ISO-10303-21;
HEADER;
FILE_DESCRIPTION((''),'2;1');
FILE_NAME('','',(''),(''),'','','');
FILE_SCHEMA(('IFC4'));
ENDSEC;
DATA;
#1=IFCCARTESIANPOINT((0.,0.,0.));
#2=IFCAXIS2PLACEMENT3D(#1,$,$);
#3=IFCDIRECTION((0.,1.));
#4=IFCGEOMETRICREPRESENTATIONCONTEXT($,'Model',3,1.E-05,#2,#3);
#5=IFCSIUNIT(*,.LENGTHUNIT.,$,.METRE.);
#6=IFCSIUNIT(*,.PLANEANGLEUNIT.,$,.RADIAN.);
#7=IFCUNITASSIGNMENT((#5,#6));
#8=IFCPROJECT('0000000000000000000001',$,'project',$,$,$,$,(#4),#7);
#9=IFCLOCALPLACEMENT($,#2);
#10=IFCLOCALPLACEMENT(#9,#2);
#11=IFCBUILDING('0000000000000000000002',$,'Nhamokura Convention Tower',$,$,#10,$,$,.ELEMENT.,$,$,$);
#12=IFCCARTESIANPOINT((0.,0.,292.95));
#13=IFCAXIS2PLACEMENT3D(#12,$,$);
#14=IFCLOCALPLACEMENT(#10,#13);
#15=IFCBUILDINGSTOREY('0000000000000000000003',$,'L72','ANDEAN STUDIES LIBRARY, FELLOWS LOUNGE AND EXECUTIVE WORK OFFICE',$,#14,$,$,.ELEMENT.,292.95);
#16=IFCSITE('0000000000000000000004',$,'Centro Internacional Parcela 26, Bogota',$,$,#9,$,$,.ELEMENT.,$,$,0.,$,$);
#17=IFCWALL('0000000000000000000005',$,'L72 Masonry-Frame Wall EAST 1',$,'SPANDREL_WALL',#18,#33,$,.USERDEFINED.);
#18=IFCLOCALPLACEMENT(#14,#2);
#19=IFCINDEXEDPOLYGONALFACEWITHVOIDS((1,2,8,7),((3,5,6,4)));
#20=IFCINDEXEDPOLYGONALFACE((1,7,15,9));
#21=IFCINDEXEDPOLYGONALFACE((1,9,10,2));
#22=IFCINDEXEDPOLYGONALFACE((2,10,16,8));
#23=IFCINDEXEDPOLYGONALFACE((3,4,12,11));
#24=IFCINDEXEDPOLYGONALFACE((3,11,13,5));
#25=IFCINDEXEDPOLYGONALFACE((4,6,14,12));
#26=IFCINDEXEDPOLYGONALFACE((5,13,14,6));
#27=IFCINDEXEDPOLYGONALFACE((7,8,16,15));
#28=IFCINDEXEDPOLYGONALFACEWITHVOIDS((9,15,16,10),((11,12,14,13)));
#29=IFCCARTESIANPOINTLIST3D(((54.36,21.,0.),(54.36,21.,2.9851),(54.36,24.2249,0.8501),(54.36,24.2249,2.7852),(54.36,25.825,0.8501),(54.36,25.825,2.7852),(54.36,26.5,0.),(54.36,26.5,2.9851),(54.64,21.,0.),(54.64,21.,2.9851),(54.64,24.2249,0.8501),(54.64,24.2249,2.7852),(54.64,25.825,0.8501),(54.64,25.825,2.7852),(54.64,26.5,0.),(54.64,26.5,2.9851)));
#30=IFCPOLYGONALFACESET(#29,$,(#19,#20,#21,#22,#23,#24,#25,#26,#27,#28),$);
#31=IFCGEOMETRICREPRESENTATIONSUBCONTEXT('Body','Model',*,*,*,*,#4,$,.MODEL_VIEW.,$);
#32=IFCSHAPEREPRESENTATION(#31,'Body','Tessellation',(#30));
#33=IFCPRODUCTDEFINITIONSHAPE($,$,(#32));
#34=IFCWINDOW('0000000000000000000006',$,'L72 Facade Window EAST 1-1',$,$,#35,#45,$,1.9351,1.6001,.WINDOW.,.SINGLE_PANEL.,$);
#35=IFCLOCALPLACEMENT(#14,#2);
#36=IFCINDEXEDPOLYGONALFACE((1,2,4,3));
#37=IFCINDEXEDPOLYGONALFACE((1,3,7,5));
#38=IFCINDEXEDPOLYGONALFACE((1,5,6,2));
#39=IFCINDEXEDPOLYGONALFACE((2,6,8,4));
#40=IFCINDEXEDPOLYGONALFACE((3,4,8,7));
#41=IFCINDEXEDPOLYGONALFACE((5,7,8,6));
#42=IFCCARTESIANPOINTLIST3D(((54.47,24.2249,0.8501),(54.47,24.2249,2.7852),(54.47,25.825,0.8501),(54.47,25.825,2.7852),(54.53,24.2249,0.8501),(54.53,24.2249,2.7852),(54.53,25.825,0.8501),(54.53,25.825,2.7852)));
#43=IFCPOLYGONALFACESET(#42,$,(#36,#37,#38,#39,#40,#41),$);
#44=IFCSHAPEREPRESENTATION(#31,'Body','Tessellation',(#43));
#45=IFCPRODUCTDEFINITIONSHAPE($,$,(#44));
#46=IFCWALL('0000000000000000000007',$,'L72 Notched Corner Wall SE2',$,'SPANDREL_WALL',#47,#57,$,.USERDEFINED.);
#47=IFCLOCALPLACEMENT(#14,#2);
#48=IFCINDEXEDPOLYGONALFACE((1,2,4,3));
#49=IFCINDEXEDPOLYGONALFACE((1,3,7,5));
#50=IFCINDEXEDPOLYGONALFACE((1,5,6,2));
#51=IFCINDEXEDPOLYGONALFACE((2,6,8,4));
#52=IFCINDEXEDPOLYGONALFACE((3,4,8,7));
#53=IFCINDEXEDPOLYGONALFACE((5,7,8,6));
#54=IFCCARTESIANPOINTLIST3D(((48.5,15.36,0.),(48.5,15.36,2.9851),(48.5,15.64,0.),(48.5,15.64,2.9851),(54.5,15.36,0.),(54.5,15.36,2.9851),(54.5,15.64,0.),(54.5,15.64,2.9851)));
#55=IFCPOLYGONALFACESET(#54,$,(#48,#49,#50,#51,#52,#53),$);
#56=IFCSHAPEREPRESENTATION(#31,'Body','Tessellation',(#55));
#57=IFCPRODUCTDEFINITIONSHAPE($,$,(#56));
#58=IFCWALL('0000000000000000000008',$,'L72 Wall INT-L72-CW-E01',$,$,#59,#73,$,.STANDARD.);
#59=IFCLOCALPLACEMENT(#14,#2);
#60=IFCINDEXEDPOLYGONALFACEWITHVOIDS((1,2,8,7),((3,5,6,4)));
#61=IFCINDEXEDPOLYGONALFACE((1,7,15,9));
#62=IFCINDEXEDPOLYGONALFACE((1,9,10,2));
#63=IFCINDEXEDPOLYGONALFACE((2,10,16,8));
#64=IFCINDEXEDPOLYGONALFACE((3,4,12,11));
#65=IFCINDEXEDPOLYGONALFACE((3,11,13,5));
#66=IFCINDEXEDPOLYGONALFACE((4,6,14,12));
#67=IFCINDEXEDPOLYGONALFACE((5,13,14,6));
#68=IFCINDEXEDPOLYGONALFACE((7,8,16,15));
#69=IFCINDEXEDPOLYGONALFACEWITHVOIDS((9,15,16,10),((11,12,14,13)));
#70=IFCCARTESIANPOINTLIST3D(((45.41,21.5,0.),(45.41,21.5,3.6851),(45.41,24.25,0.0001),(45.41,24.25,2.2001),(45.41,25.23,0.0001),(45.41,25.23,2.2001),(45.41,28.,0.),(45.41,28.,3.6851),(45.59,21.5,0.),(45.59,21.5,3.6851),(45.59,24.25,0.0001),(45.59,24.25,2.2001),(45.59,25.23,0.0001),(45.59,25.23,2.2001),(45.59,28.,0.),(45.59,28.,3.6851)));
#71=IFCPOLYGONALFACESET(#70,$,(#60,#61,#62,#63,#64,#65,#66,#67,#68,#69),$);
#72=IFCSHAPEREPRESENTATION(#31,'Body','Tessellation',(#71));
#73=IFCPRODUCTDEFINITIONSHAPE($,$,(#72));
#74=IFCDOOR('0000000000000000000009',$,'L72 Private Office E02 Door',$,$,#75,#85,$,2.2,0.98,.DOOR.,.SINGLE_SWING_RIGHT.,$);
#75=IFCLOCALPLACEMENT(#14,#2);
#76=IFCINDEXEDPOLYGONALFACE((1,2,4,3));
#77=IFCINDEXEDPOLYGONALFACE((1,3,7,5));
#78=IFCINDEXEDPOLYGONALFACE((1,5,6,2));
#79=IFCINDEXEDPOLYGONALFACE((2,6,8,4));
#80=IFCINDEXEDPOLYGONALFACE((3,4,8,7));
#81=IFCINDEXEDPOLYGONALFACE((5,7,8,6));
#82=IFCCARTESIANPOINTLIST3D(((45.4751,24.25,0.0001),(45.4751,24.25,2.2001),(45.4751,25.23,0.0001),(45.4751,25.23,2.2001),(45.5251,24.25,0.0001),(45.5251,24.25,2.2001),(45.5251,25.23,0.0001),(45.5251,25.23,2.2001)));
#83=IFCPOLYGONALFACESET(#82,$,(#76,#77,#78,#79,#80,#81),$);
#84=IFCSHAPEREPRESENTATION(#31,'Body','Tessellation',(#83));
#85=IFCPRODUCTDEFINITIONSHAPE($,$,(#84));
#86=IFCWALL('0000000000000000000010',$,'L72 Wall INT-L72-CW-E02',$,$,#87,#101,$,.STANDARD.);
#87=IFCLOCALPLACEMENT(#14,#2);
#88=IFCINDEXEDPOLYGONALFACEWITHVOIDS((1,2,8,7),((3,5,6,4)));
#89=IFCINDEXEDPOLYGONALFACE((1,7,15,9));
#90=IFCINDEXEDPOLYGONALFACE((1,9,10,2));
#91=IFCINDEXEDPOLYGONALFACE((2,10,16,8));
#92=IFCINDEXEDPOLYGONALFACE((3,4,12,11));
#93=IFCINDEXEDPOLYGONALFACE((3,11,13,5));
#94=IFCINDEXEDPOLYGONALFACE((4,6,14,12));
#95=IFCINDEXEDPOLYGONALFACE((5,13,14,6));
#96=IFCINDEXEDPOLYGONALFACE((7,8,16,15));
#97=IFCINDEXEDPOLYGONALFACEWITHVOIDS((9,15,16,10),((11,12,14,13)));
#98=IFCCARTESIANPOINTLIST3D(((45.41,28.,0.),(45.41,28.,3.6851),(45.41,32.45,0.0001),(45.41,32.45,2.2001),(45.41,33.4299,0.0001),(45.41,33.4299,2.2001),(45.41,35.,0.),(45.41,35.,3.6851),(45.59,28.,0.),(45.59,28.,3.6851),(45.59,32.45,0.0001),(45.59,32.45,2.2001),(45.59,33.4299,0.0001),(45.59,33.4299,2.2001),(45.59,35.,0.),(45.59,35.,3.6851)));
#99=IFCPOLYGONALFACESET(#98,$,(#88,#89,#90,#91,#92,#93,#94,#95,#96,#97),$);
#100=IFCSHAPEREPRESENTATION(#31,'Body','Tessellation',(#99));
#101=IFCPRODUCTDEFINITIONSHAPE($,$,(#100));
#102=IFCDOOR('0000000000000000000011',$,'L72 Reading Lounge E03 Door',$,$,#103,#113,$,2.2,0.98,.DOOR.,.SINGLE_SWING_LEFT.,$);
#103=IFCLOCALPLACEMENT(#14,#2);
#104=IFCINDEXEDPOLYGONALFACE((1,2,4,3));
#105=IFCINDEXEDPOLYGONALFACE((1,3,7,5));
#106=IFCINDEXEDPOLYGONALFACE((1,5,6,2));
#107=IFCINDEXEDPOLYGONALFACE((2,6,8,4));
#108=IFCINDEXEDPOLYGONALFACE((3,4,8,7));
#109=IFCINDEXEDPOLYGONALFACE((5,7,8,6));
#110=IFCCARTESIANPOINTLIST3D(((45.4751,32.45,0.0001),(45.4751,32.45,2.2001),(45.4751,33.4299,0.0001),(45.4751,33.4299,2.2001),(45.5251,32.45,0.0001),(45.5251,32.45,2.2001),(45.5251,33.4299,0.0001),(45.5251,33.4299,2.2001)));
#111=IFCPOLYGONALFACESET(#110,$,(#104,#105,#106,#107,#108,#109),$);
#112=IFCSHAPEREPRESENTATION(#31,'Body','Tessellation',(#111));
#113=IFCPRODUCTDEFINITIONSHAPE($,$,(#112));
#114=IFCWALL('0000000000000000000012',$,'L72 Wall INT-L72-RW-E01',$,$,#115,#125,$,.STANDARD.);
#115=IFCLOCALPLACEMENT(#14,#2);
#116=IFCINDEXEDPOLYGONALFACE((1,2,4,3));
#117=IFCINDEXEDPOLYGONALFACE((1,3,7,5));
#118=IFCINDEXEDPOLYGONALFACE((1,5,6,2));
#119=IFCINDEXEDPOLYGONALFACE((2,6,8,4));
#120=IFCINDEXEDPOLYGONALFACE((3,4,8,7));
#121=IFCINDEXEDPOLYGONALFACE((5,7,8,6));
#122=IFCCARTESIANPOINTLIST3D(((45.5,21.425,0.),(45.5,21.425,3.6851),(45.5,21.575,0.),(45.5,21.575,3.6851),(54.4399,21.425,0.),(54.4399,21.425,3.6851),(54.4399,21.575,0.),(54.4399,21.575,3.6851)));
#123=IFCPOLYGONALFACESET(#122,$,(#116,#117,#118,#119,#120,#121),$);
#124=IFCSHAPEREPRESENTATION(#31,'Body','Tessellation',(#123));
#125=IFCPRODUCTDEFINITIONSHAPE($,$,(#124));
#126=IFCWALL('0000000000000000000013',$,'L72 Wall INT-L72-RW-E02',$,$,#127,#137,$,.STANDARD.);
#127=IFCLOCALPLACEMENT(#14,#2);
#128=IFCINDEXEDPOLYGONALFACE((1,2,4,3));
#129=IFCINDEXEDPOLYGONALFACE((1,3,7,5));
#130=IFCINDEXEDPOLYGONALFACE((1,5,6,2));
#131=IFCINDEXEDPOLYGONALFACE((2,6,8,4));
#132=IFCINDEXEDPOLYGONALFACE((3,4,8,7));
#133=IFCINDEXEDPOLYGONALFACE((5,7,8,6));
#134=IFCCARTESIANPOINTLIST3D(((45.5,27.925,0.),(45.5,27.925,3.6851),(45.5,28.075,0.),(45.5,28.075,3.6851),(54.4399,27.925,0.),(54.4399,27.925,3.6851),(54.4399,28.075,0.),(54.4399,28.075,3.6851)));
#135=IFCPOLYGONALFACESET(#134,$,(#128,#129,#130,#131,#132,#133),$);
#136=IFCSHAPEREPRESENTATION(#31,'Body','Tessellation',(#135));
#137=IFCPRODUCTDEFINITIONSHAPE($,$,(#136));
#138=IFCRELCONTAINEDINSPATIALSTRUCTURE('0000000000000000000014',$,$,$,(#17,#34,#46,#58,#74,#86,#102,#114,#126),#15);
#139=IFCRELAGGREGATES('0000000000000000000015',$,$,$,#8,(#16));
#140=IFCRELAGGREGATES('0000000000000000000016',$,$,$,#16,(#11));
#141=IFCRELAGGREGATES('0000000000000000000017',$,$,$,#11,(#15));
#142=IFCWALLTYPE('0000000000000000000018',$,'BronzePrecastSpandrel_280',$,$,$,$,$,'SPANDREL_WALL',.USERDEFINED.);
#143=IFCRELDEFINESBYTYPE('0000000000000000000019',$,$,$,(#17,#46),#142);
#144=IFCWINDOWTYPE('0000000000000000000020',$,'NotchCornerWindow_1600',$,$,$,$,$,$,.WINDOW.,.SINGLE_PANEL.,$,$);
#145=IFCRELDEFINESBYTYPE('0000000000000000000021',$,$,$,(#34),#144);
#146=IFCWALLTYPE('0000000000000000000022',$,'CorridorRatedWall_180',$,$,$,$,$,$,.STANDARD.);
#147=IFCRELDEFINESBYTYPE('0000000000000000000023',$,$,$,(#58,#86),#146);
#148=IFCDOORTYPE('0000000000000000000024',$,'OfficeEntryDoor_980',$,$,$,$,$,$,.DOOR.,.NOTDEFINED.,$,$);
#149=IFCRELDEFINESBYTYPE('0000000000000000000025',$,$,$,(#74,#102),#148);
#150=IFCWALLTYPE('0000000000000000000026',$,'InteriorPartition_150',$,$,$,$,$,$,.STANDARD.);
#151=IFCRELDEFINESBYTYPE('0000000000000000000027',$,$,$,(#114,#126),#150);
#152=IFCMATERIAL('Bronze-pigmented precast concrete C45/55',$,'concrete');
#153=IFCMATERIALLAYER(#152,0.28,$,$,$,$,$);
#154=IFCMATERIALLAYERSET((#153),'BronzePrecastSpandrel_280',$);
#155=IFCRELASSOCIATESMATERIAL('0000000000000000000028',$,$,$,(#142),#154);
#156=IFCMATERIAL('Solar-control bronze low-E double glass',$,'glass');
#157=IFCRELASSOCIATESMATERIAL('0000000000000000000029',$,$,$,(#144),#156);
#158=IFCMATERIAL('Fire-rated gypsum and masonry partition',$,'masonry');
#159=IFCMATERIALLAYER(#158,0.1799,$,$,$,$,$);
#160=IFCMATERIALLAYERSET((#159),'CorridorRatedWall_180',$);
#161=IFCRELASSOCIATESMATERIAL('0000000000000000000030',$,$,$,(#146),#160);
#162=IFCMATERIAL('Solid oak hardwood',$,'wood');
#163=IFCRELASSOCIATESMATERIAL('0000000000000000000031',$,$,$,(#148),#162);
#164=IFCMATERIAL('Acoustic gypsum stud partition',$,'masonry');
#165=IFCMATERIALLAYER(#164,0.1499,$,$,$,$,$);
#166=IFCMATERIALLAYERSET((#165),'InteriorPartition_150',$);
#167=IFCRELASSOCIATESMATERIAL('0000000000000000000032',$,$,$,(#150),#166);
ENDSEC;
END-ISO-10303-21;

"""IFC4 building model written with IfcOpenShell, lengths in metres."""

from ifc_helpers import new_model, si_unit, direction, frame, frame_2d, origin, place, context, subcontext, project, spatial, rectangle, extrude, material, layer, layer_set, type_object, element, fill, save


model = new_model("IFC4")

# Units and contexts
model_context = context("Model", 3, precision=1e-05, world=origin(), true_north=direction((0.0, 1.0)))
body_context = subcontext(model_context, "Body", "Model", "MODEL_VIEW")
ifc_project = project(units=[si_unit("LENGTHUNIT", "METRE"), si_unit("PLANEANGLEUNIT", "RADIAN")], contexts=[model_context])

# Site, building, storey
site_placement = place(None, origin())
site = spatial("IfcSite", under=ifc_project, at=site_placement, Name="Centro Internacional Parcela 26, Bogota", CompositionType="ELEMENT", RefElevation=0.0)
building_placement = place(site_placement, origin())
building = spatial("IfcBuilding", under=site, at=building_placement, Name="Nhamokura Convention Tower", CompositionType="ELEMENT")
storey_placement = place(building_placement, frame((0.0, 0.0, 292.95)))
storey = spatial("IfcBuildingStorey", under=building, at=storey_placement, Name="L72", Description="ANDEAN STUDIES LIBRARY, FELLOWS LOUNGE AND EXECUTIVE WORK OFFICE", CompositionType="ELEMENT", Elevation=292.95)

# Shared definitions
ifc_material_1 = material(Name="Bronze-pigmented precast concrete C45/55", Category="concrete")
ifc_layer_1 = layer(ifc_material_1, 0.28)
ifc_layer_set_1 = layer_set([ifc_layer_1], Name="BronzePrecastSpandrel_280")
wall_type_1 = type_object("IfcWallType", Name="BronzePrecastSpandrel_280", ElementType="SPANDREL_WALL", PredefinedType="USERDEFINED", material=ifc_layer_set_1)

# Wall, opening, window
wall_1_placement = place(storey_placement, frame((54.5, 26.5, 0.0), z_axis=(0.0, 0.0, 1.0), x_axis=(0.0, -1.0, 0.0)))
wall_1 = element("IfcWall", 1, at=wall_1_placement, inside=storey, type_object=wall_type_1, Name="L72 Masonry-Frame Wall EAST 1", ObjectType="SPANDREL_WALL", PredefinedType="USERDEFINED", context=body_context, shape_type="SweptSolid", body=[
    extrude(rectangle(XDim=5.5, YDim=0.28, at=frame_2d((2.75, 0.0))), origin(), (0.0, 0.0, 1.0), 2.9851),
])
opening_1_placement = place(wall_1_placement, frame((0.675, 0.0, 0.8501)))
opening_1 = element("IfcOpeningElement", 2, at=opening_1_placement, cuts=wall_1, PredefinedType="OPENING", context=body_context, shape_type="SweptSolid", body=[
    extrude(rectangle(XDim=1.6001, YDim=1.9351, at=frame_2d((0.8, 0.9675))), frame((0.0, 0.1499, 0.0), z_axis=(0.0, -1.0, 0.0), x_axis=(1.0, 0.0, 0.0)), (0.0, 0.0, 1.0), 0.3),
])
ifc_material_2 = material(Name="Solar-control bronze low-E double glass", Category="glass")
window_type = type_object("IfcWindowType", Name="NotchCornerWindow_1600", PartitioningType="SINGLE_PANEL", PredefinedType="WINDOW", material=ifc_material_2)
window_placement = place(opening_1_placement, origin())
window = element("IfcWindow", 3, at=window_placement, inside=storey, type_object=window_type, Name="L72 Facade Window EAST 1-1", OverallHeight=1.9351, OverallWidth=1.6001, PartitioningType="SINGLE_PANEL", PredefinedType="WINDOW", context=body_context, shape_type="SweptSolid", body=[
    extrude(rectangle(XDim=1.6001, YDim=1.9351, at=frame_2d((0.8, 0.9675))), frame((0.0, 0.03, 0.0), z_axis=(0.0, -1.0, 0.0), x_axis=(1.0, 0.0, 0.0)), (0.0, 0.0, 1.0), 0.0601),
])
fill(opening_1, window)

# Wall
wall_2_placement = place(storey_placement, frame((54.5, 15.5, 0.0), z_axis=(0.0, 0.0, 1.0), x_axis=(-1.0, 0.0, 0.0)))
element("IfcWall", 4, at=wall_2_placement, inside=storey, type_object=wall_type_1, Name="L72 Notched Corner Wall SE2", ObjectType="SPANDREL_WALL", PredefinedType="USERDEFINED", context=body_context, shape_type="SweptSolid", body=[
    extrude(rectangle(XDim=6.0, YDim=0.28, at=frame_2d((3.0, 0.0))), origin(), (0.0, 0.0, 1.0), 2.9851),
])

# Walls, openings, doors
ifc_material_3 = material(Name="Fire-rated gypsum and masonry partition", Category="masonry")
ifc_layer_2 = layer(ifc_material_3, 0.1799)
ifc_layer_set_2 = layer_set([ifc_layer_2], Name="CorridorRatedWall_180")
wall_type_2 = type_object("IfcWallType", Name="CorridorRatedWall_180", PredefinedType="STANDARD", material=ifc_layer_set_2)
wall_3_placement = place(storey_placement, frame((45.5, 21.5, 0.0), z_axis=(0.0, 0.0, 1.0), x_axis=(0.0, 1.0, 0.0)))
wall_3 = element("IfcWall", 5, at=wall_3_placement, inside=storey, type_object=wall_type_2, Name="L72 Wall INT-L72-CW-E01", PredefinedType="STANDARD", context=body_context, shape_type="SweptSolid", body=[
    extrude(rectangle(XDim=6.5, YDim=0.1799, at=frame_2d((3.25, 0.0))), origin(), (0.0, 0.0, 1.0), 3.6851),
])
opening_2_placement = place(wall_3_placement, frame((2.75, 0.0, 0.0)))
opening_2 = element("IfcOpeningElement", 6, at=opening_2_placement, cuts=wall_3, PredefinedType="OPENING", context=body_context, shape_type="SweptSolid", body=[
    extrude(rectangle(XDim=0.98, YDim=2.2, at=frame_2d((0.49, 1.1001))), frame((0.0, 0.0999, 0.0), z_axis=(0.0, -1.0, 0.0), x_axis=(1.0, 0.0, 0.0)), (0.0, 0.0, 1.0), 0.2),
])
ifc_material_4 = material(Name="Solid oak hardwood", Category="wood")
door_type = type_object("IfcDoorType", Name="OfficeEntryDoor_980", OperationType="NOTDEFINED", PredefinedType="DOOR", material=ifc_material_4)
door_1_placement = place(opening_2_placement, origin())
door_1 = element("IfcDoor", 7, at=door_1_placement, inside=storey, type_object=door_type, Name="L72 Private Office E02 Door", OperationType="SINGLE_SWING_RIGHT", OverallHeight=2.2, OverallWidth=0.98, PredefinedType="DOOR", context=body_context, shape_type="SweptSolid", body=[
    extrude(rectangle(XDim=0.98, YDim=2.2, at=frame_2d((0.49, 1.1001))), frame((0.0, 0.0249, 0.0), z_axis=(0.0, -1.0, 0.0), x_axis=(1.0, 0.0, 0.0)), (0.0, 0.0, 1.0), 0.05),
])
fill(opening_2, door_1)
wall_4_placement = place(storey_placement, frame((45.5, 28.0, 0.0), z_axis=(0.0, 0.0, 1.0), x_axis=(0.0, 1.0, 0.0)))
wall_4 = element("IfcWall", 8, at=wall_4_placement, inside=storey, type_object=wall_type_2, Name="L72 Wall INT-L72-CW-E02", PredefinedType="STANDARD", context=body_context, shape_type="SweptSolid", body=[
    extrude(rectangle(XDim=7.0, YDim=0.1799, at=frame_2d((3.5, 0.0))), origin(), (0.0, 0.0, 1.0), 3.6851),
])
opening_3_placement = place(wall_4_placement, frame((4.45, 0.0, 0.0)))
opening_3 = element("IfcOpeningElement", 9, at=opening_3_placement, cuts=wall_4, PredefinedType="OPENING", context=body_context, shape_type="SweptSolid", body=[
    extrude(rectangle(XDim=0.98, YDim=2.2, at=frame_2d((0.49, 1.1001))), frame((0.0, 0.0999, 0.0), z_axis=(0.0, -1.0, 0.0), x_axis=(1.0, 0.0, 0.0)), (0.0, 0.0, 1.0), 0.2),
])
door_2_placement = place(opening_3_placement, origin())
door_2 = element("IfcDoor", 10, at=door_2_placement, inside=storey, type_object=door_type, Name="L72 Reading Lounge E03 Door", OperationType="SINGLE_SWING_LEFT", OverallHeight=2.2, OverallWidth=0.98, PredefinedType="DOOR", context=body_context, shape_type="SweptSolid", body=[
    extrude(rectangle(XDim=0.98, YDim=2.2, at=frame_2d((0.49, 1.1001))), frame((0.0, 0.0249, 0.0), z_axis=(0.0, -1.0, 0.0), x_axis=(1.0, 0.0, 0.0)), (0.0, 0.0, 1.0), 0.05),
])
fill(opening_3, door_2)

# Walls
ifc_material_5 = material(Name="Acoustic gypsum stud partition", Category="masonry")
ifc_layer_3 = layer(ifc_material_5, 0.1499)
ifc_layer_set_3 = layer_set([ifc_layer_3], Name="InteriorPartition_150")
wall_type_3 = type_object("IfcWallType", Name="InteriorPartition_150", PredefinedType="STANDARD", material=ifc_layer_set_3)
for number, where, z_axis, x_axis, name in (
    (11, (45.5, 21.5, 0.0), (0.0, 0.0, 1.0), (1.0, 0.0, 0.0), "L72 Wall INT-L72-RW-E01"),
    (12, (45.5, 28.0, 0.0), (0.0, 0.0, 1.0), (1.0, 0.0, 0.0), "L72 Wall INT-L72-RW-E02"),
):
    element("IfcWall", number, at=place(storey_placement, frame(where, z_axis=z_axis, x_axis=x_axis)), inside=storey, type_object=wall_type_3, Name=name, PredefinedType="STANDARD", context=body_context, shape_type="SweptSolid", body=[
        extrude(rectangle(XDim=8.9399, YDim=0.1499, at=frame_2d((4.47, 0.0))), origin(), (0.0, 0.0, 1.0), 3.6851),
    ])

save(model, "model.ifc")
